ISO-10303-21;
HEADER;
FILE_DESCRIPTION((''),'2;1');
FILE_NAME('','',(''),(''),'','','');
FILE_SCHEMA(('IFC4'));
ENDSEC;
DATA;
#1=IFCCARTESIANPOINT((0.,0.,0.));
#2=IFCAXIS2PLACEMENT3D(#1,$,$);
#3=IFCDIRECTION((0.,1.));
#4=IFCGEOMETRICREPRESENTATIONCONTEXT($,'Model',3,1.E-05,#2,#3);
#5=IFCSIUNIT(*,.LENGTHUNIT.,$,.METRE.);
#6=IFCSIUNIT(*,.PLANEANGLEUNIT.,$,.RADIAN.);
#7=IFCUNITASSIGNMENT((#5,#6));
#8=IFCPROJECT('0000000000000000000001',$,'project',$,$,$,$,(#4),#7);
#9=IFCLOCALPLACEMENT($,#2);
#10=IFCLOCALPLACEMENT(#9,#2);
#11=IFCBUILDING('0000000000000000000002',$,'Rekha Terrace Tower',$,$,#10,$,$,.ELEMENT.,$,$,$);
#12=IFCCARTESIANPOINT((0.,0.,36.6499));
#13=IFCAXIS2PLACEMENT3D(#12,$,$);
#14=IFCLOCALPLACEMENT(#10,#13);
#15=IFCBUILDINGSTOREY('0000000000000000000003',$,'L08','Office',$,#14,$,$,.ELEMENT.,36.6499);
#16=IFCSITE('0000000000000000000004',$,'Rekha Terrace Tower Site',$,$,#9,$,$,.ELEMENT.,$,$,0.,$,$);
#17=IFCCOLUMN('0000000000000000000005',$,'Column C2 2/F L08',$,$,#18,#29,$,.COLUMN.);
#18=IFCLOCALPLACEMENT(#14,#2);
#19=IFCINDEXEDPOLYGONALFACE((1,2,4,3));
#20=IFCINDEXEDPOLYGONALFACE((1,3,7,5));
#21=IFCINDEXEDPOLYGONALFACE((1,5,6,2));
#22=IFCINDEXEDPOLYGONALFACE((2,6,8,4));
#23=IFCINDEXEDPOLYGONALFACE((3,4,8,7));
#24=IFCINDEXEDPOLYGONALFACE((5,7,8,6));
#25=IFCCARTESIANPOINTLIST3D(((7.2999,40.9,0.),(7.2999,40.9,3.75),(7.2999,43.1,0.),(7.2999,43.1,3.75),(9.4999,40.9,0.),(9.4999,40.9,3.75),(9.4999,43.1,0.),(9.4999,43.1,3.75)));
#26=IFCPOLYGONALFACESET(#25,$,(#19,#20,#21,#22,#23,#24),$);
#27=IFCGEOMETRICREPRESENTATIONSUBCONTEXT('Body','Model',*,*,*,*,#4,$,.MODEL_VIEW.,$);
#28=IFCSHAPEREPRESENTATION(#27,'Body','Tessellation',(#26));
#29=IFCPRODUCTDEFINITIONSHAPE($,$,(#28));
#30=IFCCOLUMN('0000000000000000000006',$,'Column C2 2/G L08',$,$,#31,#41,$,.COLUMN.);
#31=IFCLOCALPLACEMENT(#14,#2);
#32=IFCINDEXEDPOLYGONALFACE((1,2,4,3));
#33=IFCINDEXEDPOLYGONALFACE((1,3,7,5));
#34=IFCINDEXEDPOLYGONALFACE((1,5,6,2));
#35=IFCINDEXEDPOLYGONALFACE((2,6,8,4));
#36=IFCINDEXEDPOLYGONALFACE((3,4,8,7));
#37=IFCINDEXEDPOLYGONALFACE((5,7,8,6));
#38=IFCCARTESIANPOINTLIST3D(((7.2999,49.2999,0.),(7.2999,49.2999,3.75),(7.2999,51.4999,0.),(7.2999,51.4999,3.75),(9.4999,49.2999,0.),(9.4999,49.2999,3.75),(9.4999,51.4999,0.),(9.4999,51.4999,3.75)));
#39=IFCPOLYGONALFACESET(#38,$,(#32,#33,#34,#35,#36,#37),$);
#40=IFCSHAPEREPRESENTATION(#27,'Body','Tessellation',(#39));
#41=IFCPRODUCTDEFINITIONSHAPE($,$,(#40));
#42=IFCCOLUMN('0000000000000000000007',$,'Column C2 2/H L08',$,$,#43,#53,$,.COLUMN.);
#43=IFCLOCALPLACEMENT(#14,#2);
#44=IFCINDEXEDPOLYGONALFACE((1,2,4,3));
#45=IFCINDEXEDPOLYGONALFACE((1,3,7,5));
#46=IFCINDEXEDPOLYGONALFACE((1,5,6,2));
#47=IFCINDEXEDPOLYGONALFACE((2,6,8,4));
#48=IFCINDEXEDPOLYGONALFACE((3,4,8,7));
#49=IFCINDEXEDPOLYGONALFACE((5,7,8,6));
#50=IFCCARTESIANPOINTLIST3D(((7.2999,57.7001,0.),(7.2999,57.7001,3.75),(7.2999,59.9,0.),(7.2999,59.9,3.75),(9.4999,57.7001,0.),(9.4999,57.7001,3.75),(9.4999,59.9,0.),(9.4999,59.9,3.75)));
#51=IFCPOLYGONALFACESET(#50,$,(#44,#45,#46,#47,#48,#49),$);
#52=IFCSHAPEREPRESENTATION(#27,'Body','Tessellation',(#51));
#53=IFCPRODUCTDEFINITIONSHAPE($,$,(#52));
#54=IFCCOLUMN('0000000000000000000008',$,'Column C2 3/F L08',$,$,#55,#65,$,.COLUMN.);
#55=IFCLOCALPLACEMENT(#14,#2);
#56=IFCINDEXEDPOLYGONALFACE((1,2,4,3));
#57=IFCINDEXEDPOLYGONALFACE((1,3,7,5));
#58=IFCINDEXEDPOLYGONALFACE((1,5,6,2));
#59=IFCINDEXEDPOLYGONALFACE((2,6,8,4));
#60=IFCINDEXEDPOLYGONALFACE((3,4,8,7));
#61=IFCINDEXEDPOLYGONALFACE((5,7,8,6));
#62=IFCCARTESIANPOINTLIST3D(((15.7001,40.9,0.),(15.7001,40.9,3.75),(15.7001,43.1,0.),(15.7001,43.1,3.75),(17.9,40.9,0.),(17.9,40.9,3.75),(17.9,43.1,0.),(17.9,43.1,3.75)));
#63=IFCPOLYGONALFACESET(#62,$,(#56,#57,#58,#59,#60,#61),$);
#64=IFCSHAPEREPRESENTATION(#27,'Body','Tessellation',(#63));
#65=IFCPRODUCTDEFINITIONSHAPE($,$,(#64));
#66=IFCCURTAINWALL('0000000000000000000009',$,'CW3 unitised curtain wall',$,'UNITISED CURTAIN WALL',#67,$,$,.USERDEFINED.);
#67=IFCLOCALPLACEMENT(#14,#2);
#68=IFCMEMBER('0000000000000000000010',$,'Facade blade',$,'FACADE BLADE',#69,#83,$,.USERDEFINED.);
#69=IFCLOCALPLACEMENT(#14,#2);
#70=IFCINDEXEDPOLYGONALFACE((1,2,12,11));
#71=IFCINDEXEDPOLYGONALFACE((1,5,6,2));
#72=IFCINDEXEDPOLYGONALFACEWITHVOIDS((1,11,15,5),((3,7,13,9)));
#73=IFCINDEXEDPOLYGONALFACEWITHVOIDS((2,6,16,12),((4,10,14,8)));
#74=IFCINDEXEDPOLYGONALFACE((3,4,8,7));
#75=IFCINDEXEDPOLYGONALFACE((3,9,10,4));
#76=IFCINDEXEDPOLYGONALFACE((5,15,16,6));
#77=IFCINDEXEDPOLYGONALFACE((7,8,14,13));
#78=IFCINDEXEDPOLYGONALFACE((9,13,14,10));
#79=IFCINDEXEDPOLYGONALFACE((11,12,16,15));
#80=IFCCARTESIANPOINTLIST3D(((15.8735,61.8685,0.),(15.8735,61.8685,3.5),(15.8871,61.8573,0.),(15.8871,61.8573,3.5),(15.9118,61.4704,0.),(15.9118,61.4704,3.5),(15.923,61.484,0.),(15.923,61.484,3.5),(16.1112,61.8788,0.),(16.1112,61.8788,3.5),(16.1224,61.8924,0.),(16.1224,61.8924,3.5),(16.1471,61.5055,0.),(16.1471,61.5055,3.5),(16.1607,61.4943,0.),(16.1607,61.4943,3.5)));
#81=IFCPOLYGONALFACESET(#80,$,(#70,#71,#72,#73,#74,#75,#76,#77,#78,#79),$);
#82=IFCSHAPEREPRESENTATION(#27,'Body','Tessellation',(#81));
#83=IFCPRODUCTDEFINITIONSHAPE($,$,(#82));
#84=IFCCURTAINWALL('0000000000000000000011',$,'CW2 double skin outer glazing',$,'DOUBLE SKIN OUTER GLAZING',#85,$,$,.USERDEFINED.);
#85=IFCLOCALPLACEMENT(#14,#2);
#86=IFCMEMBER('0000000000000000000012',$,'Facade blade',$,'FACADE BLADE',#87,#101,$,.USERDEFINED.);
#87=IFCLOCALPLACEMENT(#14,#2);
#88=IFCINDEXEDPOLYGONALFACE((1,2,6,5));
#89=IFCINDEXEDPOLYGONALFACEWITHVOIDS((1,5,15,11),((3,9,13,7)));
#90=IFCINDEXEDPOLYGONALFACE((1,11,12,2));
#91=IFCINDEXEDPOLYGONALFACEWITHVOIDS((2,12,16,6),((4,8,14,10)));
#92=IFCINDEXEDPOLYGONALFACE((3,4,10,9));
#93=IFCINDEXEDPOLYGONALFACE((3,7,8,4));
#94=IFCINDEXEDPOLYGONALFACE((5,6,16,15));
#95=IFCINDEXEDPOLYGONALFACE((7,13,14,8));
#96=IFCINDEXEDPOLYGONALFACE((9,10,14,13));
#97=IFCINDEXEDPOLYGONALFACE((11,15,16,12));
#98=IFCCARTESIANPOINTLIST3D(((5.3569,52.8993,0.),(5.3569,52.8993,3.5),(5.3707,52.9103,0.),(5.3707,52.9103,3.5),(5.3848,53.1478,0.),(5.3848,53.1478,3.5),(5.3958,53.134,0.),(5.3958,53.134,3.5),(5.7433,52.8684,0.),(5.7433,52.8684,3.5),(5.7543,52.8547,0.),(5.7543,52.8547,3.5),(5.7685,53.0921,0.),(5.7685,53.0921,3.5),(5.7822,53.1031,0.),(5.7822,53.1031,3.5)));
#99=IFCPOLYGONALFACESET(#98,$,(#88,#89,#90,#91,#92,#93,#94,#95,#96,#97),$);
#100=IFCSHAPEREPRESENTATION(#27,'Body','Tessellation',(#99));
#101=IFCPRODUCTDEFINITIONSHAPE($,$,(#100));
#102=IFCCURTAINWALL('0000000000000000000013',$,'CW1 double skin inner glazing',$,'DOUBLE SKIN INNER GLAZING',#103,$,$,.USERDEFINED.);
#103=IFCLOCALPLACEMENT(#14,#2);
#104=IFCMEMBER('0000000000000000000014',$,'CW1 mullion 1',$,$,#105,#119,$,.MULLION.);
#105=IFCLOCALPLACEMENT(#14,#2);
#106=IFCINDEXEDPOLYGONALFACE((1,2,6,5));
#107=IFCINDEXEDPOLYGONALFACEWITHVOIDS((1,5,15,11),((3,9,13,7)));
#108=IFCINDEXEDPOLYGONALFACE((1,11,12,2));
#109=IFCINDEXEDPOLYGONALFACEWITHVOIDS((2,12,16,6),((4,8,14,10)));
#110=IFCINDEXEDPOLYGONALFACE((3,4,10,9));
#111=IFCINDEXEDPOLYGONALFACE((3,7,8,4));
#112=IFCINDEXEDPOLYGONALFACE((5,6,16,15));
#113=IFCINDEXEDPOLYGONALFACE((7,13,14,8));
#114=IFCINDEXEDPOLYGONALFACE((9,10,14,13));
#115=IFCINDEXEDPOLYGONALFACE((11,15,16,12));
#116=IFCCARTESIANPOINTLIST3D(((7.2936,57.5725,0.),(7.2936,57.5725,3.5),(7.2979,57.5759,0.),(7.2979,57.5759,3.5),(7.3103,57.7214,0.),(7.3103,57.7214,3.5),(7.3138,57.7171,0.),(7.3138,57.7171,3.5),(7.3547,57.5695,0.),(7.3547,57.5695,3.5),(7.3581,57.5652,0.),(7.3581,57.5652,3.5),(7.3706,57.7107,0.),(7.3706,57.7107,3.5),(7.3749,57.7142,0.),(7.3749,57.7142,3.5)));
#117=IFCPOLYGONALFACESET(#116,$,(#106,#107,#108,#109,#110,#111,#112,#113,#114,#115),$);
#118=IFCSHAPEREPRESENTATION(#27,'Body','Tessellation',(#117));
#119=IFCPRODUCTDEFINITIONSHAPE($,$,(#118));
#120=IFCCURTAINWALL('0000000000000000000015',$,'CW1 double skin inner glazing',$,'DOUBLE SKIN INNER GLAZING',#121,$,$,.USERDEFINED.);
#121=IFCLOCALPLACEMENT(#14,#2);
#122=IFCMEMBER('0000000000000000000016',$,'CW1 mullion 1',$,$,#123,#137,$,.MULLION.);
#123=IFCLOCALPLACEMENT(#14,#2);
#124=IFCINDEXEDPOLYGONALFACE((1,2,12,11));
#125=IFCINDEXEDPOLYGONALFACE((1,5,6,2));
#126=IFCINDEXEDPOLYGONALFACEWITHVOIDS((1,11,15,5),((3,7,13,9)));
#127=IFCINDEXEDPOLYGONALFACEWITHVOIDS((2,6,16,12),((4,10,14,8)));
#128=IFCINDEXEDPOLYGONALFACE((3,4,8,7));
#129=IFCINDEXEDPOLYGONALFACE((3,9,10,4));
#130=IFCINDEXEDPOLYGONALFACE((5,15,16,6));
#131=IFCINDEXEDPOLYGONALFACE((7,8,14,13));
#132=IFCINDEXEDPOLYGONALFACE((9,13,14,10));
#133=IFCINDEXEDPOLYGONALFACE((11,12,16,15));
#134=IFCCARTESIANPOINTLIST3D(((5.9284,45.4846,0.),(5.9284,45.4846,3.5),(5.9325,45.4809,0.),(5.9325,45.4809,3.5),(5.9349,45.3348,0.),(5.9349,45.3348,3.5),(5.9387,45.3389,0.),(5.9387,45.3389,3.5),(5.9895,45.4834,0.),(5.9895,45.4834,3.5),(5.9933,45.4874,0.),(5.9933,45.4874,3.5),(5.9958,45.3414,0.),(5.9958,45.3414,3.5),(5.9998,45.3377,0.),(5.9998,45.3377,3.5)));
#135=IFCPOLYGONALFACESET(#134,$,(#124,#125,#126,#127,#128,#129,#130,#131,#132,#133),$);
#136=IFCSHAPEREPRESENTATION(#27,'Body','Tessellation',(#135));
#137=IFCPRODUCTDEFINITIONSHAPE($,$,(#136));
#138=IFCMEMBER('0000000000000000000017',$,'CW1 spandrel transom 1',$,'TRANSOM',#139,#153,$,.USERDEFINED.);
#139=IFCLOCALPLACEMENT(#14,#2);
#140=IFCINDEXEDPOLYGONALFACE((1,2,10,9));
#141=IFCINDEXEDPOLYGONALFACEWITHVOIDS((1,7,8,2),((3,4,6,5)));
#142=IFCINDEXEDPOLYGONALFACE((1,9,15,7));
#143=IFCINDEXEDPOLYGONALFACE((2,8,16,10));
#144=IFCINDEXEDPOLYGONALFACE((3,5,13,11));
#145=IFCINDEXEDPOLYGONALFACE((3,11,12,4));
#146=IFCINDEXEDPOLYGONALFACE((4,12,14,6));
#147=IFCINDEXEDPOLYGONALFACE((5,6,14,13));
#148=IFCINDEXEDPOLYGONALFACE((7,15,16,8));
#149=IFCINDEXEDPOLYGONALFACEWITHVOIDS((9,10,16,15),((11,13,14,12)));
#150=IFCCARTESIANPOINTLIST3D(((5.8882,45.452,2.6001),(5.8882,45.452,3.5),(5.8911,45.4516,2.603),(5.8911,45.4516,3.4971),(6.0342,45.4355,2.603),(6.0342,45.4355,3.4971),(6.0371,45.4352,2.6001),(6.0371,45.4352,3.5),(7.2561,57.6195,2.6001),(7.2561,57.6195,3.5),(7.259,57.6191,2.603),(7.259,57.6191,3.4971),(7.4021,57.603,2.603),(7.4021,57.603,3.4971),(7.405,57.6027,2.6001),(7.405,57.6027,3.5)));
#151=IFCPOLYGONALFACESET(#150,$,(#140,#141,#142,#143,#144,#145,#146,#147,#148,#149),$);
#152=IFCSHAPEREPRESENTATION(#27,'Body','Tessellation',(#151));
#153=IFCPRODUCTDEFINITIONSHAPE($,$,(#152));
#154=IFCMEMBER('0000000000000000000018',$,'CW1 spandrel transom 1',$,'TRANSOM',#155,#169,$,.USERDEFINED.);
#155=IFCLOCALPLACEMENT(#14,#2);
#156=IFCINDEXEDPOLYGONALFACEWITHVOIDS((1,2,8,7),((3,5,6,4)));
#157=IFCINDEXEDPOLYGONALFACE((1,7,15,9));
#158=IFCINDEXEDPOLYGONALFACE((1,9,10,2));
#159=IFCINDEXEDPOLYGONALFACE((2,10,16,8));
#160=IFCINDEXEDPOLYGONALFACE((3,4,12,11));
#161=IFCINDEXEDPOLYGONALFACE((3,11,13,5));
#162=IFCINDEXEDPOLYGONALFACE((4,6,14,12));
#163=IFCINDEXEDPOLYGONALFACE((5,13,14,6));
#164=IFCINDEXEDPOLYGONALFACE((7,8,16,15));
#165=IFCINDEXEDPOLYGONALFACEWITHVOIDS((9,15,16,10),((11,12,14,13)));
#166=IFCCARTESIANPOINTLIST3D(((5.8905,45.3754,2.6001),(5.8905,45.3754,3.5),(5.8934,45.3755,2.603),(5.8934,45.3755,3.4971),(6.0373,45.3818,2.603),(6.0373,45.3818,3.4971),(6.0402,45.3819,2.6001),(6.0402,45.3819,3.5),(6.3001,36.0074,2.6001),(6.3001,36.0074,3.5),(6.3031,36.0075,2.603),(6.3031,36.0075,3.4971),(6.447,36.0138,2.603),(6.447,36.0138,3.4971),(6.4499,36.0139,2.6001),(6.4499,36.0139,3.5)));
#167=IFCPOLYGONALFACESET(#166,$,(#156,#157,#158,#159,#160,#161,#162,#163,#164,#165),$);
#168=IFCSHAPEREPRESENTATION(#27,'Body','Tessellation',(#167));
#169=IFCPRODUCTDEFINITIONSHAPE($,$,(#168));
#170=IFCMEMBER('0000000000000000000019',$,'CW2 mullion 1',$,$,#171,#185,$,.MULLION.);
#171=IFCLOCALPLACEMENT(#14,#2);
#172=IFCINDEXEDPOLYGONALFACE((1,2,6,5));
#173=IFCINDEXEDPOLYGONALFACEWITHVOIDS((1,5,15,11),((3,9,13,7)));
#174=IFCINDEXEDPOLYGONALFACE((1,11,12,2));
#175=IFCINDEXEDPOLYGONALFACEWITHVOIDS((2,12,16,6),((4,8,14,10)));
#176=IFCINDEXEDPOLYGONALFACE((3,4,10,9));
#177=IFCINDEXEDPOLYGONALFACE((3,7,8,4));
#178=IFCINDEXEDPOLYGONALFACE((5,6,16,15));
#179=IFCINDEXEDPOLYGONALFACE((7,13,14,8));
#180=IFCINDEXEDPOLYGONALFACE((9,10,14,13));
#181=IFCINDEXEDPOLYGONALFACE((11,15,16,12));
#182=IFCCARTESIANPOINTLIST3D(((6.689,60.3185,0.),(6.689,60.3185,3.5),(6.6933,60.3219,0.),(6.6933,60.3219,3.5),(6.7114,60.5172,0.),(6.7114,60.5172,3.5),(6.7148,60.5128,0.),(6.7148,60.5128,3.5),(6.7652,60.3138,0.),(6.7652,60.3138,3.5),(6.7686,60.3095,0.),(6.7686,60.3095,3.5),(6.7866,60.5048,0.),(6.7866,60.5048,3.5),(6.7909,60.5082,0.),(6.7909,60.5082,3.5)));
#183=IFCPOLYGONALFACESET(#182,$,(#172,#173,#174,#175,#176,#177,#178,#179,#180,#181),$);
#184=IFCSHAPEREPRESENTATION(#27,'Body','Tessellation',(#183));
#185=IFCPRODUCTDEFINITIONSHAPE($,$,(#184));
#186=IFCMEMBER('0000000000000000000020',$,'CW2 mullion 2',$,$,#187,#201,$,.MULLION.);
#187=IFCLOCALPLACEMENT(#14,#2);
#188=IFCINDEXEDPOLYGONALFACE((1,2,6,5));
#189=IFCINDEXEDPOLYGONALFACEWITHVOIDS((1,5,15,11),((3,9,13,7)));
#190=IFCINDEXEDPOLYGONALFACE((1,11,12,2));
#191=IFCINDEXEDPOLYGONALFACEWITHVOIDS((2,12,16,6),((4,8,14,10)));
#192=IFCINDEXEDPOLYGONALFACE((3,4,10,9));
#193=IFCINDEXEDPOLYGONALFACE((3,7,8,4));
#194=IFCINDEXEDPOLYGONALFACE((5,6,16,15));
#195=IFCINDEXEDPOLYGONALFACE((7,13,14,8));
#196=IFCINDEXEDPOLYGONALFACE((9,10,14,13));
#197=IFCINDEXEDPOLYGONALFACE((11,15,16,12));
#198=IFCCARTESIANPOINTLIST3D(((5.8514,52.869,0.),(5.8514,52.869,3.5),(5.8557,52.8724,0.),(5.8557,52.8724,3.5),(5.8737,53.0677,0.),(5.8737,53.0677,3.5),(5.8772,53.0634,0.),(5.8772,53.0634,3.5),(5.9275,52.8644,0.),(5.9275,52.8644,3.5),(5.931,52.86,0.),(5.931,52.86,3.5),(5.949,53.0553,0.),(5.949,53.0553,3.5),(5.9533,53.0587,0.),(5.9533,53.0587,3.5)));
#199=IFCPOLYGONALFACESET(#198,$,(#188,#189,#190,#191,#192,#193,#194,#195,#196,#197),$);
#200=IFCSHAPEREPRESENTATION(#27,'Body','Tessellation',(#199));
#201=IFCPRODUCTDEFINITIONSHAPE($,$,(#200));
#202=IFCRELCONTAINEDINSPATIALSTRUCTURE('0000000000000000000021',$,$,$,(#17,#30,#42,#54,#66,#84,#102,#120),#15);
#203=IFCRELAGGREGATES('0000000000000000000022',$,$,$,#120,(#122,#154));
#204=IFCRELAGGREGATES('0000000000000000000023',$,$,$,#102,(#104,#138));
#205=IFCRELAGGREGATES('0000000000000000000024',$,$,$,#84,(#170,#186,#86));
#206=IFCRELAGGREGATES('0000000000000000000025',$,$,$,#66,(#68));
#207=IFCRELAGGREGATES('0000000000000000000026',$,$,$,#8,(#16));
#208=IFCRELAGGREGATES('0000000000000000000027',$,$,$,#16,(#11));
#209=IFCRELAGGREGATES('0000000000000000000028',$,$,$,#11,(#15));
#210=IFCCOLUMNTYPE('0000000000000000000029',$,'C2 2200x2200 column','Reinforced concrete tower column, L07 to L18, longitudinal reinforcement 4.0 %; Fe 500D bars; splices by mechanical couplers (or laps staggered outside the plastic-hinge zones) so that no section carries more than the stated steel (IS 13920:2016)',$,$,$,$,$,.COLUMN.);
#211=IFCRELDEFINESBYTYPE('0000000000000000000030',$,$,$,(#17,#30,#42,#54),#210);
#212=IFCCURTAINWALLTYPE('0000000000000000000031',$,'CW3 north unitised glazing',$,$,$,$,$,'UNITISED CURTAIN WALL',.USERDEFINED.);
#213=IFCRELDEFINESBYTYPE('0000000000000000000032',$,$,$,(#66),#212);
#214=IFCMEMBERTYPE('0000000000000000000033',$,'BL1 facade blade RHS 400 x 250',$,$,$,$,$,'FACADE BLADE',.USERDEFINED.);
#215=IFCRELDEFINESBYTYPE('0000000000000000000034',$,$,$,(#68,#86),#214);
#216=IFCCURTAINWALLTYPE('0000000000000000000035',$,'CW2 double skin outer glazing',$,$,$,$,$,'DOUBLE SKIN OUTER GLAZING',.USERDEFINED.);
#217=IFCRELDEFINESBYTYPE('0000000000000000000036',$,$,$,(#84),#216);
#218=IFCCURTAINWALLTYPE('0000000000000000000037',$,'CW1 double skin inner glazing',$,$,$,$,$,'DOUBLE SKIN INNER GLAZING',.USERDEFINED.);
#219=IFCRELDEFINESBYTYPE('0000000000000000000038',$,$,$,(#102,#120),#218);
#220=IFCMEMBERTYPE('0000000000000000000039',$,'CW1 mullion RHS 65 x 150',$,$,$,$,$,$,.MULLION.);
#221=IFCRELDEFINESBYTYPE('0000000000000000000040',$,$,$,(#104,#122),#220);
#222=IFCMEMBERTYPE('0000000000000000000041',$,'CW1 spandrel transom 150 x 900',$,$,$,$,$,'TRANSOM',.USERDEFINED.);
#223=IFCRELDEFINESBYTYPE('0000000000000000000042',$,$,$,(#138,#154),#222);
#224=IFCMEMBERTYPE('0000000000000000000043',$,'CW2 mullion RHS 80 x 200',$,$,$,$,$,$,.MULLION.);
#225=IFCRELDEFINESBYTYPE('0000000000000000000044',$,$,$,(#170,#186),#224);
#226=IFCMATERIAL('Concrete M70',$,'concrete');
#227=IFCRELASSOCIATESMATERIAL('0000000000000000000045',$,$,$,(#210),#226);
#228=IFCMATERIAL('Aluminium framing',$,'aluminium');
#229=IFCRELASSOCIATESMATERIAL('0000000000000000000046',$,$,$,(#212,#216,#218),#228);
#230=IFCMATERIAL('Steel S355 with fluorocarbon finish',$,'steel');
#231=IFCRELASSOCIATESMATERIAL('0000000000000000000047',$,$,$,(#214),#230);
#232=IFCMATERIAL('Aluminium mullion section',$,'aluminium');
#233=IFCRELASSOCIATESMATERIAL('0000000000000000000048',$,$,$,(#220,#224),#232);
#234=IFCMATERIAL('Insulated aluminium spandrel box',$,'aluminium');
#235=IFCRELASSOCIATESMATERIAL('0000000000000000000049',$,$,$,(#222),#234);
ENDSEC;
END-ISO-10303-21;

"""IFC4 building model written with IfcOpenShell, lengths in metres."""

from ifc_helpers import new_model, si_unit, direction, frame, origin, origin_2d, place, context, subcontext, project, spatial, rectangle, hollow_rectangle, extrude, material, material_profile, profile_set, type_object, element, aggregate, save


model = new_model("IFC4")

# Units and contexts
model_context = context("Model", 3, precision=1e-05, world=origin(), true_north=direction((0.0, 1.0)))
body_context = subcontext(model_context, "Body", "Model", "MODEL_VIEW")
ifc_project = project(units=[si_unit("LENGTHUNIT", "METRE"), si_unit("PLANEANGLEUNIT", "RADIAN")], contexts=[model_context])

# Site, building, storey
site_placement = place(None, origin())
site = spatial("IfcSite", under=ifc_project, at=site_placement, Name="Rekha Terrace Tower Site", CompositionType="ELEMENT", RefElevation=0.0)
building_placement = place(site_placement, origin())
building = spatial("IfcBuilding", under=site, at=building_placement, Name="Rekha Terrace Tower", CompositionType="ELEMENT")
storey_placement = place(building_placement, frame((0.0, 0.0, 36.6499)))
storey = spatial("IfcBuildingStorey", under=building, at=storey_placement, Name="L08", Description="Office", CompositionType="ELEMENT", Elevation=36.6499)

# Columns
ifc_material_1 = material(Name="Concrete M70", Category="concrete")
ifc_material_profile_1 = material_profile(ifc_material_1, rectangle(XDim=2.2, YDim=2.2, at=origin_2d()), Name="RC 2200x2200")
ifc_profile_set_1 = profile_set([ifc_material_profile_1], Name="Concrete M70")
column_type = type_object("IfcColumnType", Name="C2 2200x2200 column", Description="Reinforced concrete tower column, L07 to L18, longitudinal reinforcement 4.0 %; Fe 500D bars; splices by mechanical couplers (or laps staggered outside the plastic-hinge zones) so that no section carries more than the stated steel (IS 13920:2016)", PredefinedType="COLUMN", material=ifc_profile_set_1)
for number, where, z_axis, x_axis, name in (
    (1, (8.3999, 42.0, 0.0), (0.0, 0.0, 1.0), (1.0, 0.0, 0.0), "Column C2 2/F L08"),
    (2, (8.3999, 50.3999, 0.0), (0.0, 0.0, 1.0), (1.0, 0.0, 0.0), "Column C2 2/G L08"),
    (3, (8.3999, 58.8, 0.0), (0.0, 0.0, 1.0), (1.0, 0.0, 0.0), "Column C2 2/H L08"),
    (4, (16.8, 42.0, 0.0), (0.0, 0.0, 1.0), (1.0, 0.0, 0.0), "Column C2 3/F L08"),
):
    element("IfcColumn", number, at=place(storey_placement, frame(where, z_axis=z_axis, x_axis=x_axis)), inside=storey, type_object=column_type, Name=name, PredefinedType="COLUMN", context=body_context, shape_type="SweptSolid", body=[
        extrude(rectangle(XDim=2.2, YDim=2.2, at=origin_2d()), origin(), (0.0, 0.0, 1.0), 3.75),
    ])

# Curtain walls, members
ifc_material_2 = material(Name="Aluminium framing", Category="aluminium")
curtain_wall_type_1 = type_object("IfcCurtainWallType", Name="CW3 north unitised glazing", ElementType="UNITISED CURTAIN WALL", PredefinedType="USERDEFINED", material=ifc_material_2)
curtain_wall_1_placement = place(storey_placement, origin())
curtain_wall_1 = element("IfcCurtainWall", 5, at=curtain_wall_1_placement, inside=storey, type_object=curtain_wall_type_1, Name="CW3 unitised curtain wall", ObjectType="UNITISED CURTAIN WALL", PredefinedType="USERDEFINED")
ifc_material_3 = material(Name="Steel S355 with fluorocarbon finish", Category="steel")
ifc_material_profile_2 = material_profile(ifc_material_3, hollow_rectangle(XDim=0.25, YDim=0.3999, WallThickness=0.0125, at=origin_2d()), Name="RHS400x250x12.5")
ifc_profile_set_2 = profile_set([ifc_material_profile_2], Name="Steel S355 with fluorocarbon finish")
member_type_1 = type_object("IfcMemberType", Name="BL1 facade blade RHS 400 x 250", ElementType="FACADE BLADE", PredefinedType="USERDEFINED", material=ifc_profile_set_2)
member_1_placement = place(storey_placement, frame((16.0171, 61.6814, 0.0), z_axis=(0.0, 0.0, 1.0), x_axis=(-0.995409, -0.095712, 0.0)))
member_1 = element("IfcMember", 6, at=member_1_placement, type_object=member_type_1, Name="Facade blade", ObjectType="FACADE BLADE", PredefinedType="USERDEFINED", context=body_context, shape_type="SweptSolid", body=[
    extrude(hollow_rectangle(XDim=0.25, YDim=0.3999, WallThickness=0.0125, at=origin_2d()), origin(), (0.0, 0.0, 1.0), 3.5),
])
curtain_wall_type_2 = type_object("IfcCurtainWallType", Name="CW2 double skin outer glazing", ElementType="DOUBLE SKIN OUTER GLAZING", PredefinedType="USERDEFINED", material=ifc_material_2)
curtain_wall_2_placement = place(storey_placement, origin())
curtain_wall_2 = element("IfcCurtainWall", 7, at=curtain_wall_2_placement, inside=storey, type_object=curtain_wall_type_2, Name="CW2 double skin outer glazing", ObjectType="DOUBLE SKIN OUTER GLAZING", PredefinedType="USERDEFINED")
member_2_placement = place(storey_placement, frame((5.5696, 53.0012, 0.0), z_axis=(0.0, 0.0, 1.0), x_axis=(-0.111729, -0.993739, 0.0)))
member_2 = element("IfcMember", 8, at=member_2_placement, type_object=member_type_1, Name="Facade blade", ObjectType="FACADE BLADE", PredefinedType="USERDEFINED", context=body_context, shape_type="SweptSolid", body=[
    extrude(hollow_rectangle(XDim=0.25, YDim=0.3999, WallThickness=0.0125, at=origin_2d()), origin(), (0.0, 0.0, 1.0), 3.5),
])
curtain_wall_type_3 = type_object("IfcCurtainWallType", Name="CW1 double skin inner glazing", ElementType="DOUBLE SKIN INNER GLAZING", PredefinedType="USERDEFINED", material=ifc_material_2)
curtain_wall_3_placement = place(storey_placement, origin())
curtain_wall_3 = element("IfcCurtainWall", 9, at=curtain_wall_3_placement, inside=storey, type_object=curtain_wall_type_3, Name="CW1 double skin inner glazing", ObjectType="DOUBLE SKIN INNER GLAZING", PredefinedType="USERDEFINED")
ifc_material_4 = material(Name="Aluminium mullion section", Category="aluminium")
ifc_material_profile_3 = material_profile(ifc_material_4, hollow_rectangle(XDim=0.0649, YDim=0.1499, WallThickness=0.0039, at=origin_2d()), Name="AL RHS 65x150")
ifc_profile_set_3 = profile_set([ifc_material_profile_3], Name="Aluminium mullion section")
member_type_2 = type_object("IfcMemberType", Name="CW1 mullion RHS 65 x 150", PredefinedType="MULLION", material=ifc_profile_set_3)
member_3_placement = place(storey_placement, frame((7.3342, 57.6433, 0.0), z_axis=(0.0, 0.0, 1.0), x_axis=(0.993739, -0.11173, 0.0)))
member_3 = element("IfcMember", 10, at=member_3_placement, type_object=member_type_2, Name="CW1 mullion 1", PredefinedType="MULLION", context=body_context, shape_type="SweptSolid", body=[
    extrude(hollow_rectangle(XDim=0.0649, YDim=0.1499, WallThickness=0.0039, at=origin_2d()), origin(), (0.0, 0.0, 1.0), 3.5),
])
curtain_wall_4_placement = place(storey_placement, origin())
curtain_wall_4 = element("IfcCurtainWall", 11, at=curtain_wall_4_placement, inside=storey, type_object=curtain_wall_type_3, Name="CW1 double skin inner glazing", ObjectType="DOUBLE SKIN INNER GLAZING", PredefinedType="USERDEFINED")
member_4_placement = place(storey_placement, frame((5.9641, 45.4111, 0.0), z_axis=(0.0, 0.0, 1.0), x_axis=(0.999045, 0.043683, 0.0)))
member_4 = element("IfcMember", 12, at=member_4_placement, type_object=member_type_2, Name="CW1 mullion 1", PredefinedType="MULLION", context=body_context, shape_type="SweptSolid", body=[
    extrude(hollow_rectangle(XDim=0.0649, YDim=0.1499, WallThickness=0.0039, at=origin_2d()), origin(), (0.0, 0.0, 1.0), 3.5),
])

# Members
ifc_material_5 = material(Name="Insulated aluminium spandrel box", Category="aluminium")
ifc_material_profile_4 = material_profile(ifc_material_5, hollow_rectangle(XDim=0.1499, YDim=0.8999, WallThickness=0.0029, at=origin_2d()), Name="AL SPANDREL BOX 150x900")
ifc_profile_set_4 = profile_set([ifc_material_profile_4], Name="Insulated aluminium spandrel box")
member_type_3 = type_object("IfcMemberType", Name="CW1 spandrel transom 150 x 900", ElementType="TRANSOM", PredefinedType="USERDEFINED", material=ifc_profile_set_4)
member_5_placement = place(storey_placement, frame((7.3306, 57.6111, 3.05), z_axis=(-0.11172, -0.99374, 0.0), x_axis=(0.99374, -0.11172, 0.0)))
member_5 = element("IfcMember", 13, at=member_5_placement, type_object=member_type_3, Name="CW1 spandrel transom 1", ObjectType="TRANSOM", PredefinedType="USERDEFINED", context=body_context, shape_type="SweptSolid", body=[
    extrude(hollow_rectangle(XDim=0.1499, YDim=0.8999, WallThickness=0.0029, at=origin_2d()), origin(), (0.0, 0.0, 1.0), 12.2441),
])
member_6_placement = place(storey_placement, frame((5.9653, 45.3787, 3.05), z_axis=(0.043689, -0.999045, 0.0), x_axis=(0.999045, 0.043689, 0.0)))
member_6 = element("IfcMember", 14, at=member_6_placement, type_object=member_type_3, Name="CW1 spandrel transom 1", ObjectType="TRANSOM", PredefinedType="USERDEFINED", context=body_context, shape_type="SweptSolid", body=[
    extrude(hollow_rectangle(XDim=0.1499, YDim=0.8999, WallThickness=0.0029, at=origin_2d()), origin(), (0.0, 0.0, 1.0), 9.377),
])
aggregate(curtain_wall_4, [member_4, member_6])
ifc_material_profile_5 = material_profile(ifc_material_4, hollow_rectangle(XDim=0.0801, YDim=0.2, WallThickness=0.0039, at=origin_2d()), Name="AL RHS 80x200")
ifc_profile_set_5 = profile_set([ifc_material_profile_5], Name="Aluminium mullion section")
member_type_4 = type_object("IfcMemberType", Name="CW2 mullion RHS 80 x 200", PredefinedType="MULLION", material=ifc_profile_set_5)
member_7_placement = place(storey_placement, frame((6.74, 60.4133, 0.0), z_axis=(0.0, 0.0, 1.0), x_axis=(0.993739, -0.11173, 0.0)))
member_7 = element("IfcMember", 15, at=member_7_placement, type_object=member_type_4, Name="CW2 mullion 1", PredefinedType="MULLION", context=body_context, shape_type="SweptSolid", body=[
    extrude(hollow_rectangle(XDim=0.0801, YDim=0.2, WallThickness=0.0039, at=origin_2d()), origin(), (0.0, 0.0, 1.0), 3.5),
])
member_8_placement = place(storey_placement, frame((5.9023, 52.9639, 0.0), z_axis=(0.0, 0.0, 1.0), x_axis=(0.993739, -0.11173, 0.0)))
member_8 = element("IfcMember", 16, at=member_8_placement, type_object=member_type_4, Name="CW2 mullion 2", PredefinedType="MULLION", context=body_context, shape_type="SweptSolid", body=[
    extrude(hollow_rectangle(XDim=0.0801, YDim=0.2, WallThickness=0.0039, at=origin_2d()), origin(), (0.0, 0.0, 1.0), 3.5),
])

aggregate(curtain_wall_3, [member_3, member_5])
aggregate(curtain_wall_2, [member_7, member_8, member_2])
aggregate(curtain_wall_1, [member_1])

save(model, "model.ifc")
